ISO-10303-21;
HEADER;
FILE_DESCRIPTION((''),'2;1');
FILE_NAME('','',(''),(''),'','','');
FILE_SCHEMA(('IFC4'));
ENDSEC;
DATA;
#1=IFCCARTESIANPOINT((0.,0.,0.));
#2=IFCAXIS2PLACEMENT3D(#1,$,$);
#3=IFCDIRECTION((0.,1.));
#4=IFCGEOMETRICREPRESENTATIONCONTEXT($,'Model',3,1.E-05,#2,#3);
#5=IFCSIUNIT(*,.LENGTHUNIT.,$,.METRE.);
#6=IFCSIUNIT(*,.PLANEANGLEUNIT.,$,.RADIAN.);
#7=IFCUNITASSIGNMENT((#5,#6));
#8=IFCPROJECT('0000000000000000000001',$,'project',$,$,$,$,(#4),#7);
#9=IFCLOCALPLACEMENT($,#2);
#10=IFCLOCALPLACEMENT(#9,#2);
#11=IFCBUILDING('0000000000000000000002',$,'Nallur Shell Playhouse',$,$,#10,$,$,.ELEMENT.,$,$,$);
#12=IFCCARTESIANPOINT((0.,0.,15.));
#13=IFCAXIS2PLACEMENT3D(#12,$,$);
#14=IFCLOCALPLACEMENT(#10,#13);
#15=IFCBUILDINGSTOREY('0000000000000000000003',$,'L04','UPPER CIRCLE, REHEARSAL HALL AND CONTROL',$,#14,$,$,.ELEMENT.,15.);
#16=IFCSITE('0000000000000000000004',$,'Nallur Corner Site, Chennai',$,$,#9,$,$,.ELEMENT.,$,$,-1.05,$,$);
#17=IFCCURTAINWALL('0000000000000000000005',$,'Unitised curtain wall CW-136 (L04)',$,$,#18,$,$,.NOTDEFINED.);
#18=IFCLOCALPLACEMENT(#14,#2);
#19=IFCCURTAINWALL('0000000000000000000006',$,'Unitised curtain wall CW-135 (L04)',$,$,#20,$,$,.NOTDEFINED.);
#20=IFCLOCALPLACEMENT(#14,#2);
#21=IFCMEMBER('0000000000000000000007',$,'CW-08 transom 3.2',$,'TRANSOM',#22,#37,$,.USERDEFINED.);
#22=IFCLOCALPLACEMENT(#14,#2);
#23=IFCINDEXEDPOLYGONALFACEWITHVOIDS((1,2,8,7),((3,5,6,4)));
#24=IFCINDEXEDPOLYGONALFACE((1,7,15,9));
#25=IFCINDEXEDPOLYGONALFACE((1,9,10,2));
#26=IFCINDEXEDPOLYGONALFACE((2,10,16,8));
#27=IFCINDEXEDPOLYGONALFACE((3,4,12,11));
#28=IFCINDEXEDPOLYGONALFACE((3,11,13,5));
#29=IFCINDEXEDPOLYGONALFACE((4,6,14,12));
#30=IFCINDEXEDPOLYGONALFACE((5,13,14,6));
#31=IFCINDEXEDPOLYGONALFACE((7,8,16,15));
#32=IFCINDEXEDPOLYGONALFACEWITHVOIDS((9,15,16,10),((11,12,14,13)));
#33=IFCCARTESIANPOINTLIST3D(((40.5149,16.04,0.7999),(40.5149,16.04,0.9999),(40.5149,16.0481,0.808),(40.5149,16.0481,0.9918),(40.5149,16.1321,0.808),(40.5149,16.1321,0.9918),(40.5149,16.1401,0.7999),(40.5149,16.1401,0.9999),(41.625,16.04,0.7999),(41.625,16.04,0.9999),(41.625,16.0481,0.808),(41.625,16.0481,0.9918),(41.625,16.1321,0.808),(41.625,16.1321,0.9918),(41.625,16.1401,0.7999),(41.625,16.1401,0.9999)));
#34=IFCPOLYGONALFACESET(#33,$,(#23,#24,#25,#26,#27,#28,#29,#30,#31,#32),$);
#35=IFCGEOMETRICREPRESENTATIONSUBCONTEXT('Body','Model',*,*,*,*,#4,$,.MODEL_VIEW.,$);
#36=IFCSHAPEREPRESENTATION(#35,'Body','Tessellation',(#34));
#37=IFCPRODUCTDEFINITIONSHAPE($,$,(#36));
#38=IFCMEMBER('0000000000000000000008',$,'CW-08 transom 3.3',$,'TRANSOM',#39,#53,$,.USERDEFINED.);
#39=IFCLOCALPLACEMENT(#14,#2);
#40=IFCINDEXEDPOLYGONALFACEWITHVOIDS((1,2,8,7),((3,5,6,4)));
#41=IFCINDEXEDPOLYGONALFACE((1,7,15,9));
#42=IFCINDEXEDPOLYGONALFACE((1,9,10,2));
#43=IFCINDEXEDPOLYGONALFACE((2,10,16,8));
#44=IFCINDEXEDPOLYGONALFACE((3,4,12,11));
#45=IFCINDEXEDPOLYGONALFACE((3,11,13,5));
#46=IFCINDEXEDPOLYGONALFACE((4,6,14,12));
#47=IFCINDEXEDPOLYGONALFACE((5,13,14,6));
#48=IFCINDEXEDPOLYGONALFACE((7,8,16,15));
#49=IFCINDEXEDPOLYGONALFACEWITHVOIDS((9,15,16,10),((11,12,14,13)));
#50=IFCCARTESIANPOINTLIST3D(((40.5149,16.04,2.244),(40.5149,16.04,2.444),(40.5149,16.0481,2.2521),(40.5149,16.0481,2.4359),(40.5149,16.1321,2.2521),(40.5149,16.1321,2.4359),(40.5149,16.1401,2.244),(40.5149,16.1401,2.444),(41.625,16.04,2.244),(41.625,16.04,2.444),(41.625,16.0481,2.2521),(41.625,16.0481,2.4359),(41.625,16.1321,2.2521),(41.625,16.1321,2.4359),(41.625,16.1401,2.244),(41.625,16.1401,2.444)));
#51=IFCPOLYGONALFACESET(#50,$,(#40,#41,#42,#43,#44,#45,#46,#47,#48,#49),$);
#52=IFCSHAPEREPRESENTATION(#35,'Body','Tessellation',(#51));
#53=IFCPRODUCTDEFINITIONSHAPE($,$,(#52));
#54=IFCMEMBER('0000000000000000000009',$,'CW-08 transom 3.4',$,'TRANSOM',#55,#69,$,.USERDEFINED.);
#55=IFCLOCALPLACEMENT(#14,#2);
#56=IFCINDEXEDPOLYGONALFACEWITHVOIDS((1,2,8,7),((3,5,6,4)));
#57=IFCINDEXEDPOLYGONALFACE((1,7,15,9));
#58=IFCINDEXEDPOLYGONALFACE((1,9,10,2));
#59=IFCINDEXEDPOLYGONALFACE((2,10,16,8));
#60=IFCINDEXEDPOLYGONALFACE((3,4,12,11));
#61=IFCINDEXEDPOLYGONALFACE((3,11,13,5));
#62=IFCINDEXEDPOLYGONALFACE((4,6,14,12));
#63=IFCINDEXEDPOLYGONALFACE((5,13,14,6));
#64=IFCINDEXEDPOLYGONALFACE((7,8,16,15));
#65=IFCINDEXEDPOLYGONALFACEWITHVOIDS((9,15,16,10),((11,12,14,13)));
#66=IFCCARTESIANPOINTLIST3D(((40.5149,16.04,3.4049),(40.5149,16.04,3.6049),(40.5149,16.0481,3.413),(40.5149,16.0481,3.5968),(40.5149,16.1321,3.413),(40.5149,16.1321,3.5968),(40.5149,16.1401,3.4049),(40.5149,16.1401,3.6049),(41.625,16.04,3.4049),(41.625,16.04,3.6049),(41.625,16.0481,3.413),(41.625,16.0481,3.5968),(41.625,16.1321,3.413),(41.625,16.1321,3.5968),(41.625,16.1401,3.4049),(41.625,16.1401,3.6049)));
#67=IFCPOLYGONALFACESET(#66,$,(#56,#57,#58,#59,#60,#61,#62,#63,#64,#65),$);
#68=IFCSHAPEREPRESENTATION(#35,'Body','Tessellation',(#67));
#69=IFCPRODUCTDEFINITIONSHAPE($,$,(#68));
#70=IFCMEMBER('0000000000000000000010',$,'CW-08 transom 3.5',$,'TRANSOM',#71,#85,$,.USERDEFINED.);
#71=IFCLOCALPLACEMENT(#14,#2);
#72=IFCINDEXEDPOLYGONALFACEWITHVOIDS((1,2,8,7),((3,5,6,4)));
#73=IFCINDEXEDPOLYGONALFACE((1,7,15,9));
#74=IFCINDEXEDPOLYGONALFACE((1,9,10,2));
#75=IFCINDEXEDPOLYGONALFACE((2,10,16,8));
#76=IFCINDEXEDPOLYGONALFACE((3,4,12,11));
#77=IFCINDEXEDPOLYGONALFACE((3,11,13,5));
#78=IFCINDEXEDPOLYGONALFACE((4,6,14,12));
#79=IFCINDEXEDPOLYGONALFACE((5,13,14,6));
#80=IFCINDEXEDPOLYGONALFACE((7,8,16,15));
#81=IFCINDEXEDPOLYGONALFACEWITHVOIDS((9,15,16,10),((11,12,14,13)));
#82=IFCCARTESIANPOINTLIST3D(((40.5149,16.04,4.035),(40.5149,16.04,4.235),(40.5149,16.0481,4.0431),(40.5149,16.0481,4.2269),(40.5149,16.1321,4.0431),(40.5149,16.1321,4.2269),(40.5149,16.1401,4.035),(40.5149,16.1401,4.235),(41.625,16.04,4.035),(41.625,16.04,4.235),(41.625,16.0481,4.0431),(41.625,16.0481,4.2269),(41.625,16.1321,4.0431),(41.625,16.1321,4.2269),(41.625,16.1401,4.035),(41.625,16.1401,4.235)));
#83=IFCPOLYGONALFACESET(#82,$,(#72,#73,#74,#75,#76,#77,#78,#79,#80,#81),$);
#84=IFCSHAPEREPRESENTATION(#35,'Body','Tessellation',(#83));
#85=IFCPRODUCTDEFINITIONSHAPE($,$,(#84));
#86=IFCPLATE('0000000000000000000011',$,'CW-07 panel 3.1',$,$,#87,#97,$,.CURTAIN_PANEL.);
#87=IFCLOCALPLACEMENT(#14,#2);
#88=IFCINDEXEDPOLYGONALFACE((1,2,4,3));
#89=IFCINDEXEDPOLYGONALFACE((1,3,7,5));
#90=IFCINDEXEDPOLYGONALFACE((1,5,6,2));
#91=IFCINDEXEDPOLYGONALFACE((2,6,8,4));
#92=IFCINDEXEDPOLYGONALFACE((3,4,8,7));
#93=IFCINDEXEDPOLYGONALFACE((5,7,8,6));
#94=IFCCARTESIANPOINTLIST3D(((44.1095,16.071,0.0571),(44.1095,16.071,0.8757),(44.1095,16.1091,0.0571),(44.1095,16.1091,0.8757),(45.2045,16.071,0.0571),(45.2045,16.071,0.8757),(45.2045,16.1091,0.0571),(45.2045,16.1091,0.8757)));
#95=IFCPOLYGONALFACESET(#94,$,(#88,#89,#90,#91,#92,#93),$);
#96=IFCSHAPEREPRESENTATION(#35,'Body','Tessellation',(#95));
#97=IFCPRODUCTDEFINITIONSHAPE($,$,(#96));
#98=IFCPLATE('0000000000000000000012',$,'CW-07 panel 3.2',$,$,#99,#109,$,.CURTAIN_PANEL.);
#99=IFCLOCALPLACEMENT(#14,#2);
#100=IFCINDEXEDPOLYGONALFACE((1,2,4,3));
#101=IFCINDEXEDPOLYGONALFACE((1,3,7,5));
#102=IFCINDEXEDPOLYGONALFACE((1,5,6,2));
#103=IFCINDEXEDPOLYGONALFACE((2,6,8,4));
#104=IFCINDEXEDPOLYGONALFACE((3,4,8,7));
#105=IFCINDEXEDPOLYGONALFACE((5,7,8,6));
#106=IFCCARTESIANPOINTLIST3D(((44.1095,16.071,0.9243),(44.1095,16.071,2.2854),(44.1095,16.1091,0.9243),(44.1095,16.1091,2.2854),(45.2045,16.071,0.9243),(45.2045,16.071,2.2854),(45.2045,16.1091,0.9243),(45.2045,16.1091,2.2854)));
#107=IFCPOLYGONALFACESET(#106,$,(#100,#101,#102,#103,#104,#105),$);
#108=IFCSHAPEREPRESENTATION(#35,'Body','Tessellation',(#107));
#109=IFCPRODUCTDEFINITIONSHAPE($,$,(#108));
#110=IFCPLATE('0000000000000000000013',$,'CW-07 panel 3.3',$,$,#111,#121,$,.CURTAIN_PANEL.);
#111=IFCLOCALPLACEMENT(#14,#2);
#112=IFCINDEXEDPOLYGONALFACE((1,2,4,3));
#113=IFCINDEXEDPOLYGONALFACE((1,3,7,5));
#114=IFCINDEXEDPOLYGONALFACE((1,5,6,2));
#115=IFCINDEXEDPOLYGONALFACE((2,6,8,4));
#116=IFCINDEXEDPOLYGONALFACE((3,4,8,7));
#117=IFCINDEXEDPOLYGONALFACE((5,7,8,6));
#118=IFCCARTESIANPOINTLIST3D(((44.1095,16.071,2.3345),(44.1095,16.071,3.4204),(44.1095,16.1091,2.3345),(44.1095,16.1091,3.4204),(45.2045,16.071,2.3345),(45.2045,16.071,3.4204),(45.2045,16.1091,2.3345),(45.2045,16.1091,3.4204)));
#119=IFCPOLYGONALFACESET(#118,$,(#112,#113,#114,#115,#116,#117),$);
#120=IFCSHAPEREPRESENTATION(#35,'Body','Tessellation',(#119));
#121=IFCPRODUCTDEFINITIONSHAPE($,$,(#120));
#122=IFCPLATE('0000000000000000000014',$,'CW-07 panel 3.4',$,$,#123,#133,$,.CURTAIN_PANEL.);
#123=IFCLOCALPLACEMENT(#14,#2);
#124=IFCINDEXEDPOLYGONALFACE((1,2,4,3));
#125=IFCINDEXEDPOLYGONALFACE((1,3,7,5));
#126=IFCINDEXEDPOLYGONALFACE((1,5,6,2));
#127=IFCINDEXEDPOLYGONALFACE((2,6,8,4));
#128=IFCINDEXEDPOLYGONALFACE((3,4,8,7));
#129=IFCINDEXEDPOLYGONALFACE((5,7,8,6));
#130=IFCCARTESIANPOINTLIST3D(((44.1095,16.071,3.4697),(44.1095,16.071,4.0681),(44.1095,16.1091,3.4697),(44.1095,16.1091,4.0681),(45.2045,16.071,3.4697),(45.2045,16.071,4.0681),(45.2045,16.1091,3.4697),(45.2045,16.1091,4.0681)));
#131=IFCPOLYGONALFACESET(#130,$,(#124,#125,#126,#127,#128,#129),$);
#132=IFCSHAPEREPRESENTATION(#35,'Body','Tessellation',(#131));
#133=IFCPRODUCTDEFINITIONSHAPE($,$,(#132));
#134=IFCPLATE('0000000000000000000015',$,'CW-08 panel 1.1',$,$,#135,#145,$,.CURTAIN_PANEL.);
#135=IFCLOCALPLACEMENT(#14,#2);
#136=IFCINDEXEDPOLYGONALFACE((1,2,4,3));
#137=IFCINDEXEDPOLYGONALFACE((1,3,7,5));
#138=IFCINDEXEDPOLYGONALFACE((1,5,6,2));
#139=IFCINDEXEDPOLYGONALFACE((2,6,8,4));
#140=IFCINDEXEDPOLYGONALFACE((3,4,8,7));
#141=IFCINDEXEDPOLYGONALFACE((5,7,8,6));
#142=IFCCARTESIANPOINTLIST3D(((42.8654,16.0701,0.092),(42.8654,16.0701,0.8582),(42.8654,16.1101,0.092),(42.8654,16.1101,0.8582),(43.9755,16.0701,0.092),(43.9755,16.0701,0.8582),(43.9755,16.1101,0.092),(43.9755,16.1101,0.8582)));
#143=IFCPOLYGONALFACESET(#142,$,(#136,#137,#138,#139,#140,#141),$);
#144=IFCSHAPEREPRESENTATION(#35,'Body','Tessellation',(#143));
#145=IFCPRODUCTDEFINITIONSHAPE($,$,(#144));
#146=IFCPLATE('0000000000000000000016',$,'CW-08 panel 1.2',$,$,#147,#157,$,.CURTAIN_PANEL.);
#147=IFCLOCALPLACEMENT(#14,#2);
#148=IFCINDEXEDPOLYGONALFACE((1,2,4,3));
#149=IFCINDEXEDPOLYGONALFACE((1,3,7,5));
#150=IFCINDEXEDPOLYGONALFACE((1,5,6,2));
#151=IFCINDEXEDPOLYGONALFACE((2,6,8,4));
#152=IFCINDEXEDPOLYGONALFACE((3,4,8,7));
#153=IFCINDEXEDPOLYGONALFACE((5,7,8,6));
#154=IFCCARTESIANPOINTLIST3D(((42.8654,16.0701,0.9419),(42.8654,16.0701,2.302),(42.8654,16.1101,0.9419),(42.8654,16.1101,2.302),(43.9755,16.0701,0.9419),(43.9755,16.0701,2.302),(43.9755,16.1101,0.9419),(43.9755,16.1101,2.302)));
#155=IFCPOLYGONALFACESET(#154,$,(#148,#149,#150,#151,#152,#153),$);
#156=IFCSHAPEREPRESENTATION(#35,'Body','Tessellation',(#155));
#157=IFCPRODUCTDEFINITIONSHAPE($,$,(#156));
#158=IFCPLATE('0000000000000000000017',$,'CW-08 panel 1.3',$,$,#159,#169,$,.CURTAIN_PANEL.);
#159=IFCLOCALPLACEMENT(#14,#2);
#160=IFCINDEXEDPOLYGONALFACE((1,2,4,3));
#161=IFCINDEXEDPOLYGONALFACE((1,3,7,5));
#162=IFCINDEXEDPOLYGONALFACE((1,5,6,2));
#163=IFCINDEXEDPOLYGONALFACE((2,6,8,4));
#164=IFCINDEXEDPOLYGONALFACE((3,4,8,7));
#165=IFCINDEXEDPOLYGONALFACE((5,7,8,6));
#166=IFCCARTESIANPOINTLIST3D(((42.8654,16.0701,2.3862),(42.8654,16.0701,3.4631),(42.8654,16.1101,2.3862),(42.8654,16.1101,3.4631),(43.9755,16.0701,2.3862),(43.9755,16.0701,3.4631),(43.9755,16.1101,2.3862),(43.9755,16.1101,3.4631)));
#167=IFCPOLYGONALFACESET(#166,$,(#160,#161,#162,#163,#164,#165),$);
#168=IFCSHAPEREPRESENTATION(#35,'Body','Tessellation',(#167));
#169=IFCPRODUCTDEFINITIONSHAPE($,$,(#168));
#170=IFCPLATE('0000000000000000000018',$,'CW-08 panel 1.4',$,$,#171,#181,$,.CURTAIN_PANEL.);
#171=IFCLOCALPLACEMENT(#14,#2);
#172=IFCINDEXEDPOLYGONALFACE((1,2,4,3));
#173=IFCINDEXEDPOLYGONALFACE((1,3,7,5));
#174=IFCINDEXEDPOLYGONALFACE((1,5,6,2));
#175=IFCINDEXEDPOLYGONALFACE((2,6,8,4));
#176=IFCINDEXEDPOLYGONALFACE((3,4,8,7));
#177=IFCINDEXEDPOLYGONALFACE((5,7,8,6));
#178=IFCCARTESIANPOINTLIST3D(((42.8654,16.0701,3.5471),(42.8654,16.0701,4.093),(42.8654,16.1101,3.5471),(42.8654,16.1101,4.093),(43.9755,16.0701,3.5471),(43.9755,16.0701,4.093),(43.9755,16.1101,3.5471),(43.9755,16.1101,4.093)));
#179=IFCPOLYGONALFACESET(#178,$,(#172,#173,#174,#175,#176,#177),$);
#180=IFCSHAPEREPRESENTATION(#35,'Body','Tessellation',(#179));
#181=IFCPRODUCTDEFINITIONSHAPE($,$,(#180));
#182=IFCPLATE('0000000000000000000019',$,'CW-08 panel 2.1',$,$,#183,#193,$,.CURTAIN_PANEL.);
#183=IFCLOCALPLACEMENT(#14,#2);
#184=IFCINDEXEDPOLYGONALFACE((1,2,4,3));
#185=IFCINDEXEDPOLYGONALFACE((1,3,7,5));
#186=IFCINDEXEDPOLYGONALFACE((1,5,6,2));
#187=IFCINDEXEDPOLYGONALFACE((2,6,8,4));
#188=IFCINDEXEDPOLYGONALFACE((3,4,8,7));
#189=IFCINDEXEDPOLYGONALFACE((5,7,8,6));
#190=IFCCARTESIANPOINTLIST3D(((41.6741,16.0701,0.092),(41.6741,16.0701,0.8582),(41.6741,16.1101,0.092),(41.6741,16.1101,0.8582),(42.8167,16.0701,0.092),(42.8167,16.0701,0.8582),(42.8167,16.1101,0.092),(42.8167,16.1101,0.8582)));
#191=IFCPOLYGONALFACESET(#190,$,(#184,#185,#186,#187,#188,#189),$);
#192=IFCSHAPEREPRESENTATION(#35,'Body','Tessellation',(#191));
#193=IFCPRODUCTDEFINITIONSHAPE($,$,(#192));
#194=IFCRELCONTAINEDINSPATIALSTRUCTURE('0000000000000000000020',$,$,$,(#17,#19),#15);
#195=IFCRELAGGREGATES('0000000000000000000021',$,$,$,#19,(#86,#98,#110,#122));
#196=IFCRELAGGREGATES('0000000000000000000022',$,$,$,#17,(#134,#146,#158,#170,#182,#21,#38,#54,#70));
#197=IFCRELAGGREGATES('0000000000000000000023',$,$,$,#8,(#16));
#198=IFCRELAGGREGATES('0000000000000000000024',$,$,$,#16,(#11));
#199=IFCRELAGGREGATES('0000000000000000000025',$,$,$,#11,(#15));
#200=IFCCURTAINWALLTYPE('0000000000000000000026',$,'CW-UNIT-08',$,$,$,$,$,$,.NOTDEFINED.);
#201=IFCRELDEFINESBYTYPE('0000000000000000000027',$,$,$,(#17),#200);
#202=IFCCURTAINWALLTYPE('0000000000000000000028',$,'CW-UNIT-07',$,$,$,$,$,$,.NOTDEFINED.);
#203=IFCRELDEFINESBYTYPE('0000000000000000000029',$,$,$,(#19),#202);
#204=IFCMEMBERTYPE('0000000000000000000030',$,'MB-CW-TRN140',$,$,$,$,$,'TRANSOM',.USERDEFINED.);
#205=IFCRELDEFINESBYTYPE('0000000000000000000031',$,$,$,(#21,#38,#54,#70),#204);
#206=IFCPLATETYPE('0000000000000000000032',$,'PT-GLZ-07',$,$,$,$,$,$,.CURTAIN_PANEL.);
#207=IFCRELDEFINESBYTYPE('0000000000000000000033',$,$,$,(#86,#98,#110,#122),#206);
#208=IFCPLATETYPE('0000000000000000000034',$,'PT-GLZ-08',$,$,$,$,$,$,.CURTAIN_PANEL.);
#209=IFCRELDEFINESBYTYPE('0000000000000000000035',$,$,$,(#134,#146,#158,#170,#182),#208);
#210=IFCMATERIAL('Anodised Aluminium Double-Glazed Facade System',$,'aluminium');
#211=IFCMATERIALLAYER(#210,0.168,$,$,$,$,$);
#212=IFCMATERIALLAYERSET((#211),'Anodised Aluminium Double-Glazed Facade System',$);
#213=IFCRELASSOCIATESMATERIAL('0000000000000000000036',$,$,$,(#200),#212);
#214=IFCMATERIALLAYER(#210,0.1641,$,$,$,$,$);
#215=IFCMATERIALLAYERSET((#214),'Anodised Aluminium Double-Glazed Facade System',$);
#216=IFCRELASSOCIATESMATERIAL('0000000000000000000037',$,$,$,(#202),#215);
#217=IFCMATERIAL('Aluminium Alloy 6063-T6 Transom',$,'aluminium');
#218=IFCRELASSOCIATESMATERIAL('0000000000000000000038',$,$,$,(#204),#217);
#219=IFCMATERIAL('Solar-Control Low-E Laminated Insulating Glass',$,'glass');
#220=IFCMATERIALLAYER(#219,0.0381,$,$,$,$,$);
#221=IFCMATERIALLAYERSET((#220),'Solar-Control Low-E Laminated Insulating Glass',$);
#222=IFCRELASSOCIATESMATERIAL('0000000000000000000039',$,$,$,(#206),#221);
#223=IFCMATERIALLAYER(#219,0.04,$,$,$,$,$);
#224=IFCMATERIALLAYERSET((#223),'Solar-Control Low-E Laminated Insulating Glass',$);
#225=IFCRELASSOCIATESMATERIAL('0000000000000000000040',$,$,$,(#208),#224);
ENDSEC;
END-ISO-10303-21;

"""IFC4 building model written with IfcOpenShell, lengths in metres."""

from ifc_helpers import new_model, si_unit, direction, frame, origin, origin_2d, place, context, subcontext, project, spatial, rectangle, hollow_rectangle, extrude, material, layer, layer_set, material_profile, profile_set, type_object, element, aggregate, save


model = new_model("IFC4")

# Units and contexts
model_context = context("Model", 3, precision=1e-05, world=origin(), true_north=direction((0.0, 1.0)))
body_context = subcontext(model_context, "Body", "Model", "MODEL_VIEW")
ifc_project = project(units=[si_unit("LENGTHUNIT", "METRE"), si_unit("PLANEANGLEUNIT", "RADIAN")], contexts=[model_context])

# Site, building, storey
site_placement = place(None, origin())
site = spatial("IfcSite", under=ifc_project, at=site_placement, Name="Nallur Corner Site, Chennai", CompositionType="ELEMENT", RefElevation=-1.05)
building_placement = place(site_placement, origin())
building = spatial("IfcBuilding", under=site, at=building_placement, Name="Nallur Shell Playhouse", CompositionType="ELEMENT")
storey_placement = place(building_placement, frame((0.0, 0.0, 15.0)))
storey = spatial("IfcBuildingStorey", under=building, at=storey_placement, Name="L04", Description="UPPER CIRCLE, REHEARSAL HALL AND CONTROL", CompositionType="ELEMENT", Elevation=15.0)

# Curtain walls
ifc_material_1 = material(Name="Anodised Aluminium Double-Glazed Facade System", Category="aluminium")
ifc_layer_1 = layer(ifc_material_1, 0.168)
ifc_layer_set_1 = layer_set([ifc_layer_1], Name="Anodised Aluminium Double-Glazed Facade System")
curtain_wall_type_1 = type_object("IfcCurtainWallType", Name="CW-UNIT-08", PredefinedType="NOTDEFINED", material=ifc_layer_set_1)
curtain_wall_1_placement = place(storey_placement, origin())
curtain_wall_1 = element("IfcCurtainWall", 1, at=curtain_wall_1_placement, inside=storey, type_object=curtain_wall_type_1, Name="Unitised curtain wall CW-136 (L04)", PredefinedType="NOTDEFINED")
ifc_layer_2 = layer(ifc_material_1, 0.1641)
ifc_layer_set_2 = layer_set([ifc_layer_2], Name="Anodised Aluminium Double-Glazed Facade System")
curtain_wall_type_2 = type_object("IfcCurtainWallType", Name="CW-UNIT-07", PredefinedType="NOTDEFINED", material=ifc_layer_set_2)
curtain_wall_2_placement = place(storey_placement, origin())
curtain_wall_2 = element("IfcCurtainWall", 2, at=curtain_wall_2_placement, inside=storey, type_object=curtain_wall_type_2, Name="Unitised curtain wall CW-135 (L04)", PredefinedType="NOTDEFINED")
ifc_material_2 = material(Name="Aluminium Alloy 6063-T6 Transom", Category="aluminium")

# Members
ifc_material_profile_1 = material_profile(ifc_material_2, hollow_rectangle(XDim=0.1001, YDim=0.2, WallThickness=0.0081, at=origin_2d()), Name="RHS 200x100x8")
ifc_profile_set_1 = profile_set([ifc_material_profile_1], Name="Aluminium Alloy 6063-T6 Transom")
member_type_1 = type_object("IfcMemberType", Name="MB-CW-TRN140", ElementType="TRANSOM", PredefinedType="USERDEFINED", material=ifc_profile_set_1)
member_1_placement = place(storey_placement, frame((41.625, 16.0901, 0.8999), z_axis=(-1.0, 0.0, 0.0), x_axis=(0.0, -1.0, 0.0)))
member_1 = element("IfcMember", 3, at=member_1_placement, type_object=member_type_1, Name="CW-08 transom 3.2", ObjectType="TRANSOM", PredefinedType="USERDEFINED", context=body_context, shape_type="SweptSolid", body=[
    extrude(hollow_rectangle(XDim=0.1001, YDim=0.2, WallThickness=0.0081, at=origin_2d()), origin(), (0.0, 0.0, 1.0), 1.1101),
])
member_2_placement = place(storey_placement, frame((41.625, 16.0901, 2.344), z_axis=(-1.0, 0.0, 0.0), x_axis=(0.0, -1.0, 0.0)))
member_2 = element("IfcMember", 4, at=member_2_placement, type_object=member_type_1, Name="CW-08 transom 3.3", ObjectType="TRANSOM", PredefinedType="USERDEFINED", context=body_context, shape_type="SweptSolid", body=[
    extrude(hollow_rectangle(XDim=0.1001, YDim=0.2, WallThickness=0.0081, at=origin_2d()), origin(), (0.0, 0.0, 1.0), 1.1101),
])
member_3_placement = place(storey_placement, frame((41.625, 16.0901, 3.5049), z_axis=(-1.0, 0.0, 0.0), x_axis=(0.0, -1.0, 0.0)))
member_3 = element("IfcMember", 5, at=member_3_placement, type_object=member_type_1, Name="CW-08 transom 3.4", ObjectType="TRANSOM", PredefinedType="USERDEFINED", context=body_context, shape_type="SweptSolid", body=[
    extrude(hollow_rectangle(XDim=0.1001, YDim=0.2, WallThickness=0.0081, at=origin_2d()), origin(), (0.0, 0.0, 1.0), 1.1101),
])
member_4_placement = place(storey_placement, frame((41.625, 16.0901, 4.135), z_axis=(-1.0, 0.0, 0.0), x_axis=(0.0, -1.0, 0.0)))
member_4 = element("IfcMember", 6, at=member_4_placement, type_object=member_type_1, Name="CW-08 transom 3.5", ObjectType="TRANSOM", PredefinedType="USERDEFINED", context=body_context, shape_type="SweptSolid", body=[
    extrude(hollow_rectangle(XDim=0.1001, YDim=0.2, WallThickness=0.0081, at=origin_2d()), origin(), (0.0, 0.0, 1.0), 1.1101),
])

# Plates
ifc_material_3 = material(Name="Solar-Control Low-E Laminated Insulating Glass", Category="glass")
ifc_layer_3 = layer(ifc_material_3, 0.0381)
ifc_layer_set_3 = layer_set([ifc_layer_3], Name="Solar-Control Low-E Laminated Insulating Glass")
plate_type_1 = type_object("IfcPlateType", Name="PT-GLZ-07", PredefinedType="CURTAIN_PANEL", material=ifc_layer_set_3)
plate_1_placement = place(storey_placement, frame((44.657, 16.0901, 0.0571), z_axis=(0.0, 0.0, 1.0), x_axis=(-1.0, 0.0, 0.0)))
plate_1 = element("IfcPlate", 7, at=plate_1_placement, type_object=plate_type_1, Name="CW-07 panel 3.1", PredefinedType="CURTAIN_PANEL", context=body_context, shape_type="SweptSolid", body=[
    extrude(rectangle(XDim=1.095, YDim=0.0381, at=origin_2d()), origin(), (0.0, 0.0, 1.0), 0.8186),
])
plate_2_placement = place(storey_placement, frame((44.657, 16.0901, 0.9243), z_axis=(0.0, 0.0, 1.0), x_axis=(-1.0, 0.0, 0.0)))
plate_2 = element("IfcPlate", 8, at=plate_2_placement, type_object=plate_type_1, Name="CW-07 panel 3.2", PredefinedType="CURTAIN_PANEL", context=body_context, shape_type="SweptSolid", body=[
    extrude(rectangle(XDim=1.095, YDim=0.0381, at=origin_2d()), origin(), (0.0, 0.0, 1.0), 1.3611),
])
plate_3_placement = place(storey_placement, frame((44.657, 16.0901, 2.3345), z_axis=(0.0, 0.0, 1.0), x_axis=(-1.0, 0.0, 0.0)))
plate_3 = element("IfcPlate", 9, at=plate_3_placement, type_object=plate_type_1, Name="CW-07 panel 3.3", PredefinedType="CURTAIN_PANEL", context=body_context, shape_type="SweptSolid", body=[
    extrude(rectangle(XDim=1.095, YDim=0.0381, at=origin_2d()), origin(), (0.0, 0.0, 1.0), 1.0859),
])
plate_4_placement = place(storey_placement, frame((44.657, 16.0901, 3.4697), z_axis=(0.0, 0.0, 1.0), x_axis=(-1.0, 0.0, 0.0)))
plate_4 = element("IfcPlate", 10, at=plate_4_placement, type_object=plate_type_1, Name="CW-07 panel 3.4", PredefinedType="CURTAIN_PANEL", context=body_context, shape_type="SweptSolid", body=[
    extrude(rectangle(XDim=1.095, YDim=0.0381, at=origin_2d()), origin(), (0.0, 0.0, 1.0), 0.5984),
])
aggregate(curtain_wall_2, [plate_1, plate_2, plate_3, plate_4])
ifc_layer_4 = layer(ifc_material_3, 0.04)
ifc_layer_set_4 = layer_set([ifc_layer_4], Name="Solar-Control Low-E Laminated Insulating Glass")
plate_type_2 = type_object("IfcPlateType", Name="PT-GLZ-08", PredefinedType="CURTAIN_PANEL", material=ifc_layer_set_4)
plate_5_placement = place(storey_placement, frame((43.4204, 16.0901, 0.092), z_axis=(0.0, 0.0, 1.0), x_axis=(-1.0, 0.0, 0.0)))
plate_5 = element("IfcPlate", 11, at=plate_5_placement, type_object=plate_type_2, Name="CW-08 panel 1.1", PredefinedType="CURTAIN_PANEL", context=body_context, shape_type="SweptSolid", body=[
    extrude(rectangle(XDim=1.1101, YDim=0.04, at=origin_2d()), origin(), (0.0, 0.0, 1.0), 0.7661),
])
plate_6_placement = place(storey_placement, frame((43.4204, 16.0901, 0.9419), z_axis=(0.0, 0.0, 1.0), x_axis=(-1.0, 0.0, 0.0)))
plate_6 = element("IfcPlate", 12, at=plate_6_placement, type_object=plate_type_2, Name="CW-08 panel 1.2", PredefinedType="CURTAIN_PANEL", context=body_context, shape_type="SweptSolid", body=[
    extrude(rectangle(XDim=1.1101, YDim=0.04, at=origin_2d()), origin(), (0.0, 0.0, 1.0), 1.3601),
])
plate_7_placement = place(storey_placement, frame((43.4204, 16.0901, 2.3862), z_axis=(0.0, 0.0, 1.0), x_axis=(-1.0, 0.0, 0.0)))
plate_7 = element("IfcPlate", 13, at=plate_7_placement, type_object=plate_type_2, Name="CW-08 panel 1.3", PredefinedType="CURTAIN_PANEL", context=body_context, shape_type="SweptSolid", body=[
    extrude(rectangle(XDim=1.1101, YDim=0.04, at=origin_2d()), origin(), (0.0, 0.0, 1.0), 1.0769),
])
plate_8_placement = place(storey_placement, frame((43.4204, 16.0901, 3.5471), z_axis=(0.0, 0.0, 1.0), x_axis=(-1.0, 0.0, 0.0)))
plate_8 = element("IfcPlate", 14, at=plate_8_placement, type_object=plate_type_2, Name="CW-08 panel 1.4", PredefinedType="CURTAIN_PANEL", context=body_context, shape_type="SweptSolid", body=[
    extrude(rectangle(XDim=1.1101, YDim=0.04, at=origin_2d()), origin(), (0.0, 0.0, 1.0), 0.5459),
])
plate_9_placement = place(storey_placement, frame((42.2454, 16.0901, 0.092), z_axis=(0.0, 0.0, 1.0), x_axis=(-1.0, 0.0, 0.0)))
plate_9 = element("IfcPlate", 15, at=plate_9_placement, type_object=plate_type_2, Name="CW-08 panel 2.1", PredefinedType="CURTAIN_PANEL", context=body_context, shape_type="SweptSolid", body=[
    extrude(rectangle(XDim=1.1426, YDim=0.04, at=origin_2d()), origin(), (0.0, 0.0, 1.0), 0.7661),
])
aggregate(curtain_wall_1, [plate_5, plate_6, plate_7, plate_8, plate_9, member_1, member_2, member_3, member_4])

save(model, "model.ifc")
